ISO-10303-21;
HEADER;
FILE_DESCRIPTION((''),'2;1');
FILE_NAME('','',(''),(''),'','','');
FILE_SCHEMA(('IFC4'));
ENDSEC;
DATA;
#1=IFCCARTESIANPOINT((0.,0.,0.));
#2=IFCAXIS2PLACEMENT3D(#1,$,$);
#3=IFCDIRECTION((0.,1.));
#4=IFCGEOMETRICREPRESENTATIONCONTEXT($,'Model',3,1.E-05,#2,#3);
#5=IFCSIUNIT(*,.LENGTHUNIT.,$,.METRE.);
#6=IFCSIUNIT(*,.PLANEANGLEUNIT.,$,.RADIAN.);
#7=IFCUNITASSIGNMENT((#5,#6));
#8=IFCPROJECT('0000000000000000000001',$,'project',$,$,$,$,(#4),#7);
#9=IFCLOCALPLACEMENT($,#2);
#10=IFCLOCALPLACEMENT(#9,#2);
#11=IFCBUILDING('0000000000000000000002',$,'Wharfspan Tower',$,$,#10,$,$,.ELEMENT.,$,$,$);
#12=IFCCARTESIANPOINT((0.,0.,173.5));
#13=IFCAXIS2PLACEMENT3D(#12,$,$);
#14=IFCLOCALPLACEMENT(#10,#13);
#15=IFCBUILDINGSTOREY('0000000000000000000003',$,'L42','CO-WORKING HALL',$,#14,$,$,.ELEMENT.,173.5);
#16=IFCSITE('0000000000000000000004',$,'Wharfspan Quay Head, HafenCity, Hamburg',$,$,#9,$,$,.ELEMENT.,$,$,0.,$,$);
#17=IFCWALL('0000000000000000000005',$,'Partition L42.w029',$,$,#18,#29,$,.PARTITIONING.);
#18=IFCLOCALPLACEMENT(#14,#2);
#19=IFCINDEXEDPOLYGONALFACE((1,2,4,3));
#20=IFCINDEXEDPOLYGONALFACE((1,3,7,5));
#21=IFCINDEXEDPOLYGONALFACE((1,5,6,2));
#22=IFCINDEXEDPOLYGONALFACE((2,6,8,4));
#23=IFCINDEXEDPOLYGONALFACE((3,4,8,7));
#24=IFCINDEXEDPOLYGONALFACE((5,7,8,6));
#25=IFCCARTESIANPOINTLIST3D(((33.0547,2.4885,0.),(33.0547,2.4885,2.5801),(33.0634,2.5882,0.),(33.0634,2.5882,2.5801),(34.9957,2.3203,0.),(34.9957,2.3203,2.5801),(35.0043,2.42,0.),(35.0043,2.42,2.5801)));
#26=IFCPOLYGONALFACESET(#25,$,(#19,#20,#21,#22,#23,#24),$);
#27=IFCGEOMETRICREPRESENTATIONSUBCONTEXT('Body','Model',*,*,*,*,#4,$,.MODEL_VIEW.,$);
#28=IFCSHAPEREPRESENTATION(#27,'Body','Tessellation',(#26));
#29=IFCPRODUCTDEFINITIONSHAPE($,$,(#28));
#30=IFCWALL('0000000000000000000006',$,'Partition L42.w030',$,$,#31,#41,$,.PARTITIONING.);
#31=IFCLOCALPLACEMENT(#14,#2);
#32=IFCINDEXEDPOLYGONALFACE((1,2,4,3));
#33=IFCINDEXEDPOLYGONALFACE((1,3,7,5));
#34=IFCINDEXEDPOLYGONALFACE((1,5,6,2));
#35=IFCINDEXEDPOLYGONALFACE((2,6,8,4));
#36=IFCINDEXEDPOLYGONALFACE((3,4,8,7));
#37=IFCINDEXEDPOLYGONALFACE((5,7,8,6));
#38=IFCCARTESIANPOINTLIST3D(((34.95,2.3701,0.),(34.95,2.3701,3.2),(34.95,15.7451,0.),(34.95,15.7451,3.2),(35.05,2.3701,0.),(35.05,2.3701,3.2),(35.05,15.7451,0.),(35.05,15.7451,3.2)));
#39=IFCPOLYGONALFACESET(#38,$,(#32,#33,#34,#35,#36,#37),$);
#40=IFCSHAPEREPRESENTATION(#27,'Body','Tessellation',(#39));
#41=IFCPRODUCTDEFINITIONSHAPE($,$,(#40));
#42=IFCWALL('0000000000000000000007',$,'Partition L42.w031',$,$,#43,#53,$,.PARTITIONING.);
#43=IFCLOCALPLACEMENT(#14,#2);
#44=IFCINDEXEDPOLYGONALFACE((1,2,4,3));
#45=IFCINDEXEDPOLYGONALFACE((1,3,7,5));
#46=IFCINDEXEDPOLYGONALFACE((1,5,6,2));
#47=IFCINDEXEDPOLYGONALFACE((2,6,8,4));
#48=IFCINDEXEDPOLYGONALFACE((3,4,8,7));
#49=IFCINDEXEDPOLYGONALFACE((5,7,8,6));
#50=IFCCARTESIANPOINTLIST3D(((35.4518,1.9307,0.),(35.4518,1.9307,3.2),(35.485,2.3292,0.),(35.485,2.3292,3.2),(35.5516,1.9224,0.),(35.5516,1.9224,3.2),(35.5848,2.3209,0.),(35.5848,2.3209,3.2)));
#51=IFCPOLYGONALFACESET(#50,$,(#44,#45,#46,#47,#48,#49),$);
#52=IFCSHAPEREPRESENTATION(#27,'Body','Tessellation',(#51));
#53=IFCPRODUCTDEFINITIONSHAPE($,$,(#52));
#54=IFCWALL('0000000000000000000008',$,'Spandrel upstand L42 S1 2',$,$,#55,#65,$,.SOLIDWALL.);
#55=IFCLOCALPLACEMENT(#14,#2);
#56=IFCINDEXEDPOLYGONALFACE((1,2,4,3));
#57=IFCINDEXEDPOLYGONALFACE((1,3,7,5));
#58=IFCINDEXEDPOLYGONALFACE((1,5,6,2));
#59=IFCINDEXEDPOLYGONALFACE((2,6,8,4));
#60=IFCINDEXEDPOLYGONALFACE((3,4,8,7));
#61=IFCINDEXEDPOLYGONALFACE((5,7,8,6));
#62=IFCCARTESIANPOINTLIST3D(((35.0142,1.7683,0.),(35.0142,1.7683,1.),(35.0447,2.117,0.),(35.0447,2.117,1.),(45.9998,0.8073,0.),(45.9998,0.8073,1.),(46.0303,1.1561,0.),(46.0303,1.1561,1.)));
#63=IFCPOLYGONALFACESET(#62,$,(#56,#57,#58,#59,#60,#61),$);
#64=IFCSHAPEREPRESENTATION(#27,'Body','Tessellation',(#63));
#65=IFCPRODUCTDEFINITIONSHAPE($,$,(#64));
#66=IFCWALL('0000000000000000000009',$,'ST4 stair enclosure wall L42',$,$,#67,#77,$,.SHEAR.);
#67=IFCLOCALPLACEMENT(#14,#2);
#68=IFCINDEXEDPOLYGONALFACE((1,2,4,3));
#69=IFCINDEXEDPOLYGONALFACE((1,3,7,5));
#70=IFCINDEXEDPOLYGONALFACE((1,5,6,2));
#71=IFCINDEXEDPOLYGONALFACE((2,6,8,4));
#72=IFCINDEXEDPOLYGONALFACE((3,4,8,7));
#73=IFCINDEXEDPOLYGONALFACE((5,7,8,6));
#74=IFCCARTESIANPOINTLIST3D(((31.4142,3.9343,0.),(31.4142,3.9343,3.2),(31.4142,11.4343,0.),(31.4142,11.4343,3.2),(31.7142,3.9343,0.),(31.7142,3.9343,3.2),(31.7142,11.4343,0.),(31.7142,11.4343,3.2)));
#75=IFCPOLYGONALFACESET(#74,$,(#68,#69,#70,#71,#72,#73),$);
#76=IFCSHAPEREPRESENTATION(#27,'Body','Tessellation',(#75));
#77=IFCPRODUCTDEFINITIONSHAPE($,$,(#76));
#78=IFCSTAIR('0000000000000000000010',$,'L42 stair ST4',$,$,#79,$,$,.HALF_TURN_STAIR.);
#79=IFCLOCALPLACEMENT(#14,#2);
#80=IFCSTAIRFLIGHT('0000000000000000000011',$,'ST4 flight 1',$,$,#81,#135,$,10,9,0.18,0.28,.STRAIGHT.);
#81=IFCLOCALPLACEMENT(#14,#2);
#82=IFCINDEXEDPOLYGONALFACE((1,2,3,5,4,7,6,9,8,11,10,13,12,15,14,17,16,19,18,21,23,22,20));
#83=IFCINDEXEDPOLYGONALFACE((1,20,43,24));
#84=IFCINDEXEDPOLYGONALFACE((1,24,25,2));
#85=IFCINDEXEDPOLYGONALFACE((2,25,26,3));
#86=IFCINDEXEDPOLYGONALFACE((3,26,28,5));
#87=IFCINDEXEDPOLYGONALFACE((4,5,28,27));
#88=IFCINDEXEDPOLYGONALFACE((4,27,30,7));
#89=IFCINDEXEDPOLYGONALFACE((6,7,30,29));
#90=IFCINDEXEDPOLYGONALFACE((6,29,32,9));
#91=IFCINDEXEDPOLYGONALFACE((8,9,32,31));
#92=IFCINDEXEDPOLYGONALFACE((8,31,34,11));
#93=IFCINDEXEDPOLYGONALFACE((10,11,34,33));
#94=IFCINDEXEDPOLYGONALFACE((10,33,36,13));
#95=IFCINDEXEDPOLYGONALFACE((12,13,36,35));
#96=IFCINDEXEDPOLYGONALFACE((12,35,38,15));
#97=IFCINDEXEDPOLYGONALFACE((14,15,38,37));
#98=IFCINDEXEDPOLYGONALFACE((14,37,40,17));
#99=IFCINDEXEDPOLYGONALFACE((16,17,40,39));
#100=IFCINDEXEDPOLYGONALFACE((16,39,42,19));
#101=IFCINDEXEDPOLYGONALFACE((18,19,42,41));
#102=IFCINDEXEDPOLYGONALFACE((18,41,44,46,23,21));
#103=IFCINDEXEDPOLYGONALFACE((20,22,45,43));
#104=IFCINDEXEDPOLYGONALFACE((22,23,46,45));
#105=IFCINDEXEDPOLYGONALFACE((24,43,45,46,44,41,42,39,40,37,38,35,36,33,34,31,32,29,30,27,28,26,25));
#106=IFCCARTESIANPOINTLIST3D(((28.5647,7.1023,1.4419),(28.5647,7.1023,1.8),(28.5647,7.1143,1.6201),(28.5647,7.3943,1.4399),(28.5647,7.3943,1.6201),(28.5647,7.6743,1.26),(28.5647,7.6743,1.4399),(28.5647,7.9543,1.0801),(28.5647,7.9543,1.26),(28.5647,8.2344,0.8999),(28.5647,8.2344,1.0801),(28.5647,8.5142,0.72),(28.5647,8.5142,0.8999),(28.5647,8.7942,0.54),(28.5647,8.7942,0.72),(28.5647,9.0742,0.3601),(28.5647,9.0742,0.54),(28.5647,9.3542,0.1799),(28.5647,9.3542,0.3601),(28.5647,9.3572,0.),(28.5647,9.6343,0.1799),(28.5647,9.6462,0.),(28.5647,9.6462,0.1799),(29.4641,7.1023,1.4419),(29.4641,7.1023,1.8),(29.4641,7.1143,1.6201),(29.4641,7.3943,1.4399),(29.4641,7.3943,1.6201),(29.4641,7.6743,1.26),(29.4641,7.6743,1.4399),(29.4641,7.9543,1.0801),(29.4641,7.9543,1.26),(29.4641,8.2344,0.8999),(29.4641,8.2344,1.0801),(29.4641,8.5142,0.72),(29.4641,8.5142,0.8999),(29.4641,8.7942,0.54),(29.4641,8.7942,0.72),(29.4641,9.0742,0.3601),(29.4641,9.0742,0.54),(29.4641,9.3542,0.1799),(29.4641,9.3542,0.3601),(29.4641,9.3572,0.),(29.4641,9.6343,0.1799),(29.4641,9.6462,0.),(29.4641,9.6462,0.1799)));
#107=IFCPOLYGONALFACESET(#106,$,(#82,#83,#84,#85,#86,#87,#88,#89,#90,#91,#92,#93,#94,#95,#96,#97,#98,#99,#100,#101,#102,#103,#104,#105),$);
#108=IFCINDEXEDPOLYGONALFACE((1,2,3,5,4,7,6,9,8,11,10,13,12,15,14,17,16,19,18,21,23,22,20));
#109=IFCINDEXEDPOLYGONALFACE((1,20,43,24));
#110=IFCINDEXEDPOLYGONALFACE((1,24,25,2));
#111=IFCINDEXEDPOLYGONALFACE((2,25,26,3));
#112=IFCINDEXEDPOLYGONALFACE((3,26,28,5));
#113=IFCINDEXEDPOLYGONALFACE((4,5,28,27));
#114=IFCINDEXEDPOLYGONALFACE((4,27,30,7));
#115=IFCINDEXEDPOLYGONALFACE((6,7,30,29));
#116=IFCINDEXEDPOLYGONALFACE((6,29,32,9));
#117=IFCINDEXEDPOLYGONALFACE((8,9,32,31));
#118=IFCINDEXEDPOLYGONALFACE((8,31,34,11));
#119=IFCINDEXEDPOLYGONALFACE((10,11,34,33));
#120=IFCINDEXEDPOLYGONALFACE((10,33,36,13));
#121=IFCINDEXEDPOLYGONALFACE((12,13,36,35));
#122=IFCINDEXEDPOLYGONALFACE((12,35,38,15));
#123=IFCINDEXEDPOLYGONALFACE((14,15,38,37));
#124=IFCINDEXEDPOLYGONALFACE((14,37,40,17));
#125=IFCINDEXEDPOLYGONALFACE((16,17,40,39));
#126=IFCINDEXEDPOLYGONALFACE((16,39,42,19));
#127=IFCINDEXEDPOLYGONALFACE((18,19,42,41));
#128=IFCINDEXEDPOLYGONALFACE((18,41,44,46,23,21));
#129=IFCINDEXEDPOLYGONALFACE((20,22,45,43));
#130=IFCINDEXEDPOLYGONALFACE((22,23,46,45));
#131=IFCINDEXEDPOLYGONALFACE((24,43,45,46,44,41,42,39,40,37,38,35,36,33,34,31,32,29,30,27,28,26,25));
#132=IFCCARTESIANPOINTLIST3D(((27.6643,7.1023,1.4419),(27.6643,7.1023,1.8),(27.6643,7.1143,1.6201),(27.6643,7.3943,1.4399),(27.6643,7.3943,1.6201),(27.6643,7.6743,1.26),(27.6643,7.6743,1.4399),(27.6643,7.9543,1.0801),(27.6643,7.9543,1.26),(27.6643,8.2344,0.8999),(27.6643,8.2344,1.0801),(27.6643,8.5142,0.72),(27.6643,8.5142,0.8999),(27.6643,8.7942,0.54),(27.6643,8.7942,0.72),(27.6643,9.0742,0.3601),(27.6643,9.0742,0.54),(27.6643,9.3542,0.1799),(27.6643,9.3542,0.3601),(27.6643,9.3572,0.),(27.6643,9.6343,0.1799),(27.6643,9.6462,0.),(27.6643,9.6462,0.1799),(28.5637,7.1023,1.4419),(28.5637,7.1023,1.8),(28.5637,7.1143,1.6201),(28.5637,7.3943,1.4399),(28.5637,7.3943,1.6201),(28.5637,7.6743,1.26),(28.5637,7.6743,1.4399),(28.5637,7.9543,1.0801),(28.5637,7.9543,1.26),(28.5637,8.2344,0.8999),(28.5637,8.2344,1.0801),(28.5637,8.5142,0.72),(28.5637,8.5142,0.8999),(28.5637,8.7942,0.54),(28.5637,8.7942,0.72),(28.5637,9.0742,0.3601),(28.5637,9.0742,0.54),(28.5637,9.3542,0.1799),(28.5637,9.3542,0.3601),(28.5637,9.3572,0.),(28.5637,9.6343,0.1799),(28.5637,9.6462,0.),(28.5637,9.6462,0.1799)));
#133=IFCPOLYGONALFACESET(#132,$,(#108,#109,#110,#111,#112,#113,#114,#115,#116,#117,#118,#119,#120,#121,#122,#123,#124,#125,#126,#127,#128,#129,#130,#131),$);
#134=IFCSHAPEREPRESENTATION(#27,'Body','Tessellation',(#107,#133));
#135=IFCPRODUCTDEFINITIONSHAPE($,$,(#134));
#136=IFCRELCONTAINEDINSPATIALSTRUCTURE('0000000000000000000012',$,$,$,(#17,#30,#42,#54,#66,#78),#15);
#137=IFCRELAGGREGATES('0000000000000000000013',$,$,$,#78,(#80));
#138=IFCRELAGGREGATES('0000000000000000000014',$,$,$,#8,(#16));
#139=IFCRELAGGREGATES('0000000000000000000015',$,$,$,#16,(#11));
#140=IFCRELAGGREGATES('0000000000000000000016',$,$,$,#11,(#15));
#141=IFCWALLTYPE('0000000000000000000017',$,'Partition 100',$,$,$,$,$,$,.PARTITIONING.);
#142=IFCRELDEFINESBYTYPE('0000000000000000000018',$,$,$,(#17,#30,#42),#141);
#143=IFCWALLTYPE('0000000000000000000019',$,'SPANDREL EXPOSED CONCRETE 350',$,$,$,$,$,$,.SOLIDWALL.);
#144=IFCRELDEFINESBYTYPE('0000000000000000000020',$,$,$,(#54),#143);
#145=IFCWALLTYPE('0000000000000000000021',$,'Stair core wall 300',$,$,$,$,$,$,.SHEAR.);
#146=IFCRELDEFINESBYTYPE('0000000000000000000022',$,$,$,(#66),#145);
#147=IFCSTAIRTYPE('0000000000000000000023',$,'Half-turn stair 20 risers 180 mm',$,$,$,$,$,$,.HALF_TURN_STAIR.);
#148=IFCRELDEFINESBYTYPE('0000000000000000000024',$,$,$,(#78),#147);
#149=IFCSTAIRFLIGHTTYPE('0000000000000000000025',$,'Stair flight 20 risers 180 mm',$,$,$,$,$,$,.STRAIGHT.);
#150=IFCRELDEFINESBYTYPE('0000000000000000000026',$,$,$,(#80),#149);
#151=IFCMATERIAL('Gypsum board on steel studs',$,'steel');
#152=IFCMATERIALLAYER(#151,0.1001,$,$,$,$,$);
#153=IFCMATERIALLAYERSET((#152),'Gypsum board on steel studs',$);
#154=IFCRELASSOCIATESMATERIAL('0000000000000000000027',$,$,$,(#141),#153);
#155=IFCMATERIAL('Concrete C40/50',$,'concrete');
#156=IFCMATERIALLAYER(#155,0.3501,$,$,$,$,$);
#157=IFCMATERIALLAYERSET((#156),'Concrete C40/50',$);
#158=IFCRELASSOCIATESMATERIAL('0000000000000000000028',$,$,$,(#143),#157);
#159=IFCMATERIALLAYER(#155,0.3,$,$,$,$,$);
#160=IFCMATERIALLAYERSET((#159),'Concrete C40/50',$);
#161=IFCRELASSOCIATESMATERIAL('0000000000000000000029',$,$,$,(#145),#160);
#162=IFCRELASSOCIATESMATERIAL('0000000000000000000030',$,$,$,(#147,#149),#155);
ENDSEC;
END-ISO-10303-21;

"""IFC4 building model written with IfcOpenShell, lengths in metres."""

from ifc_helpers import new_model, si_unit, direction, frame, frame_2d, origin, place, context, subcontext, project, spatial, polyline, rectangle, outline, extrude, material, layer, layer_set, type_object, element, aggregate, save


model = new_model("IFC4")

# Units and contexts
model_context = context("Model", 3, precision=1e-05, world=origin(), true_north=direction((0.0, 1.0)))
body_context = subcontext(model_context, "Body", "Model", "MODEL_VIEW")
ifc_project = project(units=[si_unit("LENGTHUNIT", "METRE"), si_unit("PLANEANGLEUNIT", "RADIAN")], contexts=[model_context])

# Site, building, storey
site_placement = place(None, origin())
site = spatial("IfcSite", under=ifc_project, at=site_placement, Name="Wharfspan Quay Head, HafenCity, Hamburg", CompositionType="ELEMENT", RefElevation=0.0)
building_placement = place(site_placement, origin())
building = spatial("IfcBuilding", under=site, at=building_placement, Name="Wharfspan Tower", CompositionType="ELEMENT")
storey_placement = place(building_placement, frame((0.0, 0.0, 173.5)))
storey = spatial("IfcBuildingStorey", under=building, at=storey_placement, Name="L42", Description="CO-WORKING HALL", CompositionType="ELEMENT", Elevation=173.5)

# Walls
ifc_material_1 = material(Name="Gypsum board on steel studs", Category="steel")
ifc_layer_1 = layer(ifc_material_1, 0.1001)
ifc_layer_set_1 = layer_set([ifc_layer_1], Name="Gypsum board on steel studs")
wall_type_1 = type_object("IfcWallType", Name="Partition 100", PredefinedType="PARTITIONING", material=ifc_layer_set_1)
wall_1_placement = place(storey_placement, frame((35.0, 2.3701, 0.0), z_axis=(0.0, 0.0, 1.0), x_axis=(-0.996265, 0.086343, 0.0)))
element("IfcWall", 1, at=wall_1_placement, inside=storey, type_object=wall_type_1, Name="Partition L42.w029", PredefinedType="PARTITIONING", context=body_context, shape_type="SweptSolid", body=[
    extrude(rectangle(XDim=1.9482, YDim=0.1001, at=frame_2d((0.9741, 0.0))), origin(), (0.0, 0.0, 1.0), 2.5801),
])
wall_2_placement = place(storey_placement, frame((35.0, 2.3701, 0.0), z_axis=(0.0, 0.0, 1.0), x_axis=(0.0, 1.0, 0.0)))
element("IfcWall", 2, at=wall_2_placement, inside=storey, type_object=wall_type_1, Name="Partition L42.w030", PredefinedType="PARTITIONING", context=body_context, shape_type="SweptSolid", body=[
    extrude(rectangle(XDim=13.375, YDim=0.1001, at=frame_2d((6.6875, 0.0))), origin(), (0.0, 0.0, 1.0), 3.2),
])
wall_3_placement = place(storey_placement, frame((35.5017, 1.9265, 0.0), z_axis=(0.0, 0.0, 1.0), x_axis=(0.083045, 0.996542, 0.0)))
element("IfcWall", 3, at=wall_3_placement, inside=storey, type_object=wall_type_1, Name="Partition L42.w031", PredefinedType="PARTITIONING", context=body_context, shape_type="SweptSolid", body=[
    extrude(rectangle(XDim=0.3999, YDim=0.1001, at=frame_2d((0.2, 0.0))), origin(), (0.0, 0.0, 1.0), 3.2),
])
ifc_material_2 = material(Name="Concrete C40/50", Category="concrete")
ifc_layer_2 = layer(ifc_material_2, 0.3501)
ifc_layer_set_2 = layer_set([ifc_layer_2], Name="Concrete C40/50")
wall_type_2 = type_object("IfcWallType", Name="SPANDREL EXPOSED CONCRETE 350", PredefinedType="SOLIDWALL", material=ifc_layer_set_2)
wall_4_placement = place(storey_placement, frame((35.0295, 1.9426, 0.0), z_axis=(0.0, 0.0, 1.0), x_axis=(0.996199, -0.08714, 0.0)))
element("IfcWall", 4, at=wall_4_placement, inside=storey, type_object=wall_type_2, Name="Spandrel upstand L42 S1 2", PredefinedType="SOLIDWALL", context=body_context, shape_type="SweptSolid", body=[
    extrude(rectangle(XDim=11.0276, YDim=0.3501, at=frame_2d((5.5137, 0.0))), origin(), (0.0, 0.0, 1.0), 1.0),
])
ifc_layer_3 = layer(ifc_material_2, 0.3)
ifc_layer_set_3 = layer_set([ifc_layer_3], Name="Concrete C40/50")
wall_type_3 = type_object("IfcWallType", Name="Stair core wall 300", PredefinedType="SHEAR", material=ifc_layer_set_3)
wall_5_placement = place(storey_placement, frame((31.5642, 3.9343, 0.0), z_axis=(0.0, 0.0, 1.0), x_axis=(0.0, 1.0, 0.0)))
element("IfcWall", 5, at=wall_5_placement, inside=storey, type_object=wall_type_3, Name="ST4 stair enclosure wall L42", PredefinedType="SHEAR", context=body_context, shape_type="SweptSolid", body=[
    extrude(rectangle(XDim=7.5, YDim=0.3, at=frame_2d((3.75, 0.0))), origin(), (0.0, 0.0, 1.0), 3.2),
])

# Stair, stair flight
stair_type = type_object("IfcStairType", Name="Half-turn stair 20 risers 180 mm", PredefinedType="HALF_TURN_STAIR", material=ifc_material_2)
stair_placement = place(storey_placement, origin())
stair = element("IfcStair", 6, at=stair_placement, inside=storey, type_object=stair_type, Name="L42 stair ST4", PredefinedType="HALF_TURN_STAIR")
stair_flight_type = type_object("IfcStairFlightType", Name="Stair flight 20 risers 180 mm", PredefinedType="STRAIGHT", material=ifc_material_2)
stair_flight_1_placement = place(storey_placement, frame((28.5642, 9.6343, 0.0), z_axis=(0.0, 0.0, 1.0), x_axis=(0.0, -1.0, 0.0)))
stair_flight_1 = element("IfcStairFlight", 7, at=stair_flight_1_placement, type_object=stair_flight_type, Name="ST4 flight 1", NumberOfRisers=10, NumberOfTreads=9, PredefinedType="STRAIGHT", RiserHeight=0.18, TreadLength=0.28, context=body_context, shape_type="SweptSolid", body=[
    extrude(outline(polyline([(-0.012, 0.0), (-0.012, 0.1799), (0.0, 0.1799), (0.28, 0.1799), (0.28, 0.3601), (0.5601, 0.3601), (0.5601, 0.54), (0.8401, 0.54), (0.8401, 0.72), (1.1201, 0.72), (1.1201, 0.8999), (1.3999, 0.8999), (1.3999, 1.0801), (1.6799, 1.0801), (1.6799, 1.26), (1.96, 1.26), (1.96, 1.4399), (2.24, 1.4399), (2.24, 1.6201), (2.52, 1.6201), (2.532, 1.8), (2.532, 1.4419), (0.2771, 0.0), (-0.012, 0.0)])), frame((0.0, 0.8999, 0.0), z_axis=(0.0, -1.0, 0.0), x_axis=(1.0, 0.0, 0.0)), (0.0, 0.0, 1.0), 0.8994),
    extrude(outline(polyline([(-0.012, 0.0), (-0.012, 0.1799), (0.0, 0.1799), (0.28, 0.1799), (0.28, 0.3601), (0.5601, 0.3601), (0.5601, 0.54), (0.8401, 0.54), (0.8401, 0.72), (1.1201, 0.72), (1.1201, 0.8999), (1.3999, 0.8999), (1.3999, 1.0801), (1.6799, 1.0801), (1.6799, 1.26), (1.96, 1.26), (1.96, 1.4399), (2.24, 1.4399), (2.24, 1.6201), (2.52, 1.6201), (2.532, 1.8), (2.532, 1.4419), (0.2771, 0.0), (-0.012, 0.0)])), frame((0.0, -0.0005, 0.0), z_axis=(0.0, -1.0, 0.0), x_axis=(1.0, 0.0, 0.0)), (0.0, 0.0, 1.0), 0.8994),
])
aggregate(stair, [stair_flight_1])

save(model, "model.ifc")
